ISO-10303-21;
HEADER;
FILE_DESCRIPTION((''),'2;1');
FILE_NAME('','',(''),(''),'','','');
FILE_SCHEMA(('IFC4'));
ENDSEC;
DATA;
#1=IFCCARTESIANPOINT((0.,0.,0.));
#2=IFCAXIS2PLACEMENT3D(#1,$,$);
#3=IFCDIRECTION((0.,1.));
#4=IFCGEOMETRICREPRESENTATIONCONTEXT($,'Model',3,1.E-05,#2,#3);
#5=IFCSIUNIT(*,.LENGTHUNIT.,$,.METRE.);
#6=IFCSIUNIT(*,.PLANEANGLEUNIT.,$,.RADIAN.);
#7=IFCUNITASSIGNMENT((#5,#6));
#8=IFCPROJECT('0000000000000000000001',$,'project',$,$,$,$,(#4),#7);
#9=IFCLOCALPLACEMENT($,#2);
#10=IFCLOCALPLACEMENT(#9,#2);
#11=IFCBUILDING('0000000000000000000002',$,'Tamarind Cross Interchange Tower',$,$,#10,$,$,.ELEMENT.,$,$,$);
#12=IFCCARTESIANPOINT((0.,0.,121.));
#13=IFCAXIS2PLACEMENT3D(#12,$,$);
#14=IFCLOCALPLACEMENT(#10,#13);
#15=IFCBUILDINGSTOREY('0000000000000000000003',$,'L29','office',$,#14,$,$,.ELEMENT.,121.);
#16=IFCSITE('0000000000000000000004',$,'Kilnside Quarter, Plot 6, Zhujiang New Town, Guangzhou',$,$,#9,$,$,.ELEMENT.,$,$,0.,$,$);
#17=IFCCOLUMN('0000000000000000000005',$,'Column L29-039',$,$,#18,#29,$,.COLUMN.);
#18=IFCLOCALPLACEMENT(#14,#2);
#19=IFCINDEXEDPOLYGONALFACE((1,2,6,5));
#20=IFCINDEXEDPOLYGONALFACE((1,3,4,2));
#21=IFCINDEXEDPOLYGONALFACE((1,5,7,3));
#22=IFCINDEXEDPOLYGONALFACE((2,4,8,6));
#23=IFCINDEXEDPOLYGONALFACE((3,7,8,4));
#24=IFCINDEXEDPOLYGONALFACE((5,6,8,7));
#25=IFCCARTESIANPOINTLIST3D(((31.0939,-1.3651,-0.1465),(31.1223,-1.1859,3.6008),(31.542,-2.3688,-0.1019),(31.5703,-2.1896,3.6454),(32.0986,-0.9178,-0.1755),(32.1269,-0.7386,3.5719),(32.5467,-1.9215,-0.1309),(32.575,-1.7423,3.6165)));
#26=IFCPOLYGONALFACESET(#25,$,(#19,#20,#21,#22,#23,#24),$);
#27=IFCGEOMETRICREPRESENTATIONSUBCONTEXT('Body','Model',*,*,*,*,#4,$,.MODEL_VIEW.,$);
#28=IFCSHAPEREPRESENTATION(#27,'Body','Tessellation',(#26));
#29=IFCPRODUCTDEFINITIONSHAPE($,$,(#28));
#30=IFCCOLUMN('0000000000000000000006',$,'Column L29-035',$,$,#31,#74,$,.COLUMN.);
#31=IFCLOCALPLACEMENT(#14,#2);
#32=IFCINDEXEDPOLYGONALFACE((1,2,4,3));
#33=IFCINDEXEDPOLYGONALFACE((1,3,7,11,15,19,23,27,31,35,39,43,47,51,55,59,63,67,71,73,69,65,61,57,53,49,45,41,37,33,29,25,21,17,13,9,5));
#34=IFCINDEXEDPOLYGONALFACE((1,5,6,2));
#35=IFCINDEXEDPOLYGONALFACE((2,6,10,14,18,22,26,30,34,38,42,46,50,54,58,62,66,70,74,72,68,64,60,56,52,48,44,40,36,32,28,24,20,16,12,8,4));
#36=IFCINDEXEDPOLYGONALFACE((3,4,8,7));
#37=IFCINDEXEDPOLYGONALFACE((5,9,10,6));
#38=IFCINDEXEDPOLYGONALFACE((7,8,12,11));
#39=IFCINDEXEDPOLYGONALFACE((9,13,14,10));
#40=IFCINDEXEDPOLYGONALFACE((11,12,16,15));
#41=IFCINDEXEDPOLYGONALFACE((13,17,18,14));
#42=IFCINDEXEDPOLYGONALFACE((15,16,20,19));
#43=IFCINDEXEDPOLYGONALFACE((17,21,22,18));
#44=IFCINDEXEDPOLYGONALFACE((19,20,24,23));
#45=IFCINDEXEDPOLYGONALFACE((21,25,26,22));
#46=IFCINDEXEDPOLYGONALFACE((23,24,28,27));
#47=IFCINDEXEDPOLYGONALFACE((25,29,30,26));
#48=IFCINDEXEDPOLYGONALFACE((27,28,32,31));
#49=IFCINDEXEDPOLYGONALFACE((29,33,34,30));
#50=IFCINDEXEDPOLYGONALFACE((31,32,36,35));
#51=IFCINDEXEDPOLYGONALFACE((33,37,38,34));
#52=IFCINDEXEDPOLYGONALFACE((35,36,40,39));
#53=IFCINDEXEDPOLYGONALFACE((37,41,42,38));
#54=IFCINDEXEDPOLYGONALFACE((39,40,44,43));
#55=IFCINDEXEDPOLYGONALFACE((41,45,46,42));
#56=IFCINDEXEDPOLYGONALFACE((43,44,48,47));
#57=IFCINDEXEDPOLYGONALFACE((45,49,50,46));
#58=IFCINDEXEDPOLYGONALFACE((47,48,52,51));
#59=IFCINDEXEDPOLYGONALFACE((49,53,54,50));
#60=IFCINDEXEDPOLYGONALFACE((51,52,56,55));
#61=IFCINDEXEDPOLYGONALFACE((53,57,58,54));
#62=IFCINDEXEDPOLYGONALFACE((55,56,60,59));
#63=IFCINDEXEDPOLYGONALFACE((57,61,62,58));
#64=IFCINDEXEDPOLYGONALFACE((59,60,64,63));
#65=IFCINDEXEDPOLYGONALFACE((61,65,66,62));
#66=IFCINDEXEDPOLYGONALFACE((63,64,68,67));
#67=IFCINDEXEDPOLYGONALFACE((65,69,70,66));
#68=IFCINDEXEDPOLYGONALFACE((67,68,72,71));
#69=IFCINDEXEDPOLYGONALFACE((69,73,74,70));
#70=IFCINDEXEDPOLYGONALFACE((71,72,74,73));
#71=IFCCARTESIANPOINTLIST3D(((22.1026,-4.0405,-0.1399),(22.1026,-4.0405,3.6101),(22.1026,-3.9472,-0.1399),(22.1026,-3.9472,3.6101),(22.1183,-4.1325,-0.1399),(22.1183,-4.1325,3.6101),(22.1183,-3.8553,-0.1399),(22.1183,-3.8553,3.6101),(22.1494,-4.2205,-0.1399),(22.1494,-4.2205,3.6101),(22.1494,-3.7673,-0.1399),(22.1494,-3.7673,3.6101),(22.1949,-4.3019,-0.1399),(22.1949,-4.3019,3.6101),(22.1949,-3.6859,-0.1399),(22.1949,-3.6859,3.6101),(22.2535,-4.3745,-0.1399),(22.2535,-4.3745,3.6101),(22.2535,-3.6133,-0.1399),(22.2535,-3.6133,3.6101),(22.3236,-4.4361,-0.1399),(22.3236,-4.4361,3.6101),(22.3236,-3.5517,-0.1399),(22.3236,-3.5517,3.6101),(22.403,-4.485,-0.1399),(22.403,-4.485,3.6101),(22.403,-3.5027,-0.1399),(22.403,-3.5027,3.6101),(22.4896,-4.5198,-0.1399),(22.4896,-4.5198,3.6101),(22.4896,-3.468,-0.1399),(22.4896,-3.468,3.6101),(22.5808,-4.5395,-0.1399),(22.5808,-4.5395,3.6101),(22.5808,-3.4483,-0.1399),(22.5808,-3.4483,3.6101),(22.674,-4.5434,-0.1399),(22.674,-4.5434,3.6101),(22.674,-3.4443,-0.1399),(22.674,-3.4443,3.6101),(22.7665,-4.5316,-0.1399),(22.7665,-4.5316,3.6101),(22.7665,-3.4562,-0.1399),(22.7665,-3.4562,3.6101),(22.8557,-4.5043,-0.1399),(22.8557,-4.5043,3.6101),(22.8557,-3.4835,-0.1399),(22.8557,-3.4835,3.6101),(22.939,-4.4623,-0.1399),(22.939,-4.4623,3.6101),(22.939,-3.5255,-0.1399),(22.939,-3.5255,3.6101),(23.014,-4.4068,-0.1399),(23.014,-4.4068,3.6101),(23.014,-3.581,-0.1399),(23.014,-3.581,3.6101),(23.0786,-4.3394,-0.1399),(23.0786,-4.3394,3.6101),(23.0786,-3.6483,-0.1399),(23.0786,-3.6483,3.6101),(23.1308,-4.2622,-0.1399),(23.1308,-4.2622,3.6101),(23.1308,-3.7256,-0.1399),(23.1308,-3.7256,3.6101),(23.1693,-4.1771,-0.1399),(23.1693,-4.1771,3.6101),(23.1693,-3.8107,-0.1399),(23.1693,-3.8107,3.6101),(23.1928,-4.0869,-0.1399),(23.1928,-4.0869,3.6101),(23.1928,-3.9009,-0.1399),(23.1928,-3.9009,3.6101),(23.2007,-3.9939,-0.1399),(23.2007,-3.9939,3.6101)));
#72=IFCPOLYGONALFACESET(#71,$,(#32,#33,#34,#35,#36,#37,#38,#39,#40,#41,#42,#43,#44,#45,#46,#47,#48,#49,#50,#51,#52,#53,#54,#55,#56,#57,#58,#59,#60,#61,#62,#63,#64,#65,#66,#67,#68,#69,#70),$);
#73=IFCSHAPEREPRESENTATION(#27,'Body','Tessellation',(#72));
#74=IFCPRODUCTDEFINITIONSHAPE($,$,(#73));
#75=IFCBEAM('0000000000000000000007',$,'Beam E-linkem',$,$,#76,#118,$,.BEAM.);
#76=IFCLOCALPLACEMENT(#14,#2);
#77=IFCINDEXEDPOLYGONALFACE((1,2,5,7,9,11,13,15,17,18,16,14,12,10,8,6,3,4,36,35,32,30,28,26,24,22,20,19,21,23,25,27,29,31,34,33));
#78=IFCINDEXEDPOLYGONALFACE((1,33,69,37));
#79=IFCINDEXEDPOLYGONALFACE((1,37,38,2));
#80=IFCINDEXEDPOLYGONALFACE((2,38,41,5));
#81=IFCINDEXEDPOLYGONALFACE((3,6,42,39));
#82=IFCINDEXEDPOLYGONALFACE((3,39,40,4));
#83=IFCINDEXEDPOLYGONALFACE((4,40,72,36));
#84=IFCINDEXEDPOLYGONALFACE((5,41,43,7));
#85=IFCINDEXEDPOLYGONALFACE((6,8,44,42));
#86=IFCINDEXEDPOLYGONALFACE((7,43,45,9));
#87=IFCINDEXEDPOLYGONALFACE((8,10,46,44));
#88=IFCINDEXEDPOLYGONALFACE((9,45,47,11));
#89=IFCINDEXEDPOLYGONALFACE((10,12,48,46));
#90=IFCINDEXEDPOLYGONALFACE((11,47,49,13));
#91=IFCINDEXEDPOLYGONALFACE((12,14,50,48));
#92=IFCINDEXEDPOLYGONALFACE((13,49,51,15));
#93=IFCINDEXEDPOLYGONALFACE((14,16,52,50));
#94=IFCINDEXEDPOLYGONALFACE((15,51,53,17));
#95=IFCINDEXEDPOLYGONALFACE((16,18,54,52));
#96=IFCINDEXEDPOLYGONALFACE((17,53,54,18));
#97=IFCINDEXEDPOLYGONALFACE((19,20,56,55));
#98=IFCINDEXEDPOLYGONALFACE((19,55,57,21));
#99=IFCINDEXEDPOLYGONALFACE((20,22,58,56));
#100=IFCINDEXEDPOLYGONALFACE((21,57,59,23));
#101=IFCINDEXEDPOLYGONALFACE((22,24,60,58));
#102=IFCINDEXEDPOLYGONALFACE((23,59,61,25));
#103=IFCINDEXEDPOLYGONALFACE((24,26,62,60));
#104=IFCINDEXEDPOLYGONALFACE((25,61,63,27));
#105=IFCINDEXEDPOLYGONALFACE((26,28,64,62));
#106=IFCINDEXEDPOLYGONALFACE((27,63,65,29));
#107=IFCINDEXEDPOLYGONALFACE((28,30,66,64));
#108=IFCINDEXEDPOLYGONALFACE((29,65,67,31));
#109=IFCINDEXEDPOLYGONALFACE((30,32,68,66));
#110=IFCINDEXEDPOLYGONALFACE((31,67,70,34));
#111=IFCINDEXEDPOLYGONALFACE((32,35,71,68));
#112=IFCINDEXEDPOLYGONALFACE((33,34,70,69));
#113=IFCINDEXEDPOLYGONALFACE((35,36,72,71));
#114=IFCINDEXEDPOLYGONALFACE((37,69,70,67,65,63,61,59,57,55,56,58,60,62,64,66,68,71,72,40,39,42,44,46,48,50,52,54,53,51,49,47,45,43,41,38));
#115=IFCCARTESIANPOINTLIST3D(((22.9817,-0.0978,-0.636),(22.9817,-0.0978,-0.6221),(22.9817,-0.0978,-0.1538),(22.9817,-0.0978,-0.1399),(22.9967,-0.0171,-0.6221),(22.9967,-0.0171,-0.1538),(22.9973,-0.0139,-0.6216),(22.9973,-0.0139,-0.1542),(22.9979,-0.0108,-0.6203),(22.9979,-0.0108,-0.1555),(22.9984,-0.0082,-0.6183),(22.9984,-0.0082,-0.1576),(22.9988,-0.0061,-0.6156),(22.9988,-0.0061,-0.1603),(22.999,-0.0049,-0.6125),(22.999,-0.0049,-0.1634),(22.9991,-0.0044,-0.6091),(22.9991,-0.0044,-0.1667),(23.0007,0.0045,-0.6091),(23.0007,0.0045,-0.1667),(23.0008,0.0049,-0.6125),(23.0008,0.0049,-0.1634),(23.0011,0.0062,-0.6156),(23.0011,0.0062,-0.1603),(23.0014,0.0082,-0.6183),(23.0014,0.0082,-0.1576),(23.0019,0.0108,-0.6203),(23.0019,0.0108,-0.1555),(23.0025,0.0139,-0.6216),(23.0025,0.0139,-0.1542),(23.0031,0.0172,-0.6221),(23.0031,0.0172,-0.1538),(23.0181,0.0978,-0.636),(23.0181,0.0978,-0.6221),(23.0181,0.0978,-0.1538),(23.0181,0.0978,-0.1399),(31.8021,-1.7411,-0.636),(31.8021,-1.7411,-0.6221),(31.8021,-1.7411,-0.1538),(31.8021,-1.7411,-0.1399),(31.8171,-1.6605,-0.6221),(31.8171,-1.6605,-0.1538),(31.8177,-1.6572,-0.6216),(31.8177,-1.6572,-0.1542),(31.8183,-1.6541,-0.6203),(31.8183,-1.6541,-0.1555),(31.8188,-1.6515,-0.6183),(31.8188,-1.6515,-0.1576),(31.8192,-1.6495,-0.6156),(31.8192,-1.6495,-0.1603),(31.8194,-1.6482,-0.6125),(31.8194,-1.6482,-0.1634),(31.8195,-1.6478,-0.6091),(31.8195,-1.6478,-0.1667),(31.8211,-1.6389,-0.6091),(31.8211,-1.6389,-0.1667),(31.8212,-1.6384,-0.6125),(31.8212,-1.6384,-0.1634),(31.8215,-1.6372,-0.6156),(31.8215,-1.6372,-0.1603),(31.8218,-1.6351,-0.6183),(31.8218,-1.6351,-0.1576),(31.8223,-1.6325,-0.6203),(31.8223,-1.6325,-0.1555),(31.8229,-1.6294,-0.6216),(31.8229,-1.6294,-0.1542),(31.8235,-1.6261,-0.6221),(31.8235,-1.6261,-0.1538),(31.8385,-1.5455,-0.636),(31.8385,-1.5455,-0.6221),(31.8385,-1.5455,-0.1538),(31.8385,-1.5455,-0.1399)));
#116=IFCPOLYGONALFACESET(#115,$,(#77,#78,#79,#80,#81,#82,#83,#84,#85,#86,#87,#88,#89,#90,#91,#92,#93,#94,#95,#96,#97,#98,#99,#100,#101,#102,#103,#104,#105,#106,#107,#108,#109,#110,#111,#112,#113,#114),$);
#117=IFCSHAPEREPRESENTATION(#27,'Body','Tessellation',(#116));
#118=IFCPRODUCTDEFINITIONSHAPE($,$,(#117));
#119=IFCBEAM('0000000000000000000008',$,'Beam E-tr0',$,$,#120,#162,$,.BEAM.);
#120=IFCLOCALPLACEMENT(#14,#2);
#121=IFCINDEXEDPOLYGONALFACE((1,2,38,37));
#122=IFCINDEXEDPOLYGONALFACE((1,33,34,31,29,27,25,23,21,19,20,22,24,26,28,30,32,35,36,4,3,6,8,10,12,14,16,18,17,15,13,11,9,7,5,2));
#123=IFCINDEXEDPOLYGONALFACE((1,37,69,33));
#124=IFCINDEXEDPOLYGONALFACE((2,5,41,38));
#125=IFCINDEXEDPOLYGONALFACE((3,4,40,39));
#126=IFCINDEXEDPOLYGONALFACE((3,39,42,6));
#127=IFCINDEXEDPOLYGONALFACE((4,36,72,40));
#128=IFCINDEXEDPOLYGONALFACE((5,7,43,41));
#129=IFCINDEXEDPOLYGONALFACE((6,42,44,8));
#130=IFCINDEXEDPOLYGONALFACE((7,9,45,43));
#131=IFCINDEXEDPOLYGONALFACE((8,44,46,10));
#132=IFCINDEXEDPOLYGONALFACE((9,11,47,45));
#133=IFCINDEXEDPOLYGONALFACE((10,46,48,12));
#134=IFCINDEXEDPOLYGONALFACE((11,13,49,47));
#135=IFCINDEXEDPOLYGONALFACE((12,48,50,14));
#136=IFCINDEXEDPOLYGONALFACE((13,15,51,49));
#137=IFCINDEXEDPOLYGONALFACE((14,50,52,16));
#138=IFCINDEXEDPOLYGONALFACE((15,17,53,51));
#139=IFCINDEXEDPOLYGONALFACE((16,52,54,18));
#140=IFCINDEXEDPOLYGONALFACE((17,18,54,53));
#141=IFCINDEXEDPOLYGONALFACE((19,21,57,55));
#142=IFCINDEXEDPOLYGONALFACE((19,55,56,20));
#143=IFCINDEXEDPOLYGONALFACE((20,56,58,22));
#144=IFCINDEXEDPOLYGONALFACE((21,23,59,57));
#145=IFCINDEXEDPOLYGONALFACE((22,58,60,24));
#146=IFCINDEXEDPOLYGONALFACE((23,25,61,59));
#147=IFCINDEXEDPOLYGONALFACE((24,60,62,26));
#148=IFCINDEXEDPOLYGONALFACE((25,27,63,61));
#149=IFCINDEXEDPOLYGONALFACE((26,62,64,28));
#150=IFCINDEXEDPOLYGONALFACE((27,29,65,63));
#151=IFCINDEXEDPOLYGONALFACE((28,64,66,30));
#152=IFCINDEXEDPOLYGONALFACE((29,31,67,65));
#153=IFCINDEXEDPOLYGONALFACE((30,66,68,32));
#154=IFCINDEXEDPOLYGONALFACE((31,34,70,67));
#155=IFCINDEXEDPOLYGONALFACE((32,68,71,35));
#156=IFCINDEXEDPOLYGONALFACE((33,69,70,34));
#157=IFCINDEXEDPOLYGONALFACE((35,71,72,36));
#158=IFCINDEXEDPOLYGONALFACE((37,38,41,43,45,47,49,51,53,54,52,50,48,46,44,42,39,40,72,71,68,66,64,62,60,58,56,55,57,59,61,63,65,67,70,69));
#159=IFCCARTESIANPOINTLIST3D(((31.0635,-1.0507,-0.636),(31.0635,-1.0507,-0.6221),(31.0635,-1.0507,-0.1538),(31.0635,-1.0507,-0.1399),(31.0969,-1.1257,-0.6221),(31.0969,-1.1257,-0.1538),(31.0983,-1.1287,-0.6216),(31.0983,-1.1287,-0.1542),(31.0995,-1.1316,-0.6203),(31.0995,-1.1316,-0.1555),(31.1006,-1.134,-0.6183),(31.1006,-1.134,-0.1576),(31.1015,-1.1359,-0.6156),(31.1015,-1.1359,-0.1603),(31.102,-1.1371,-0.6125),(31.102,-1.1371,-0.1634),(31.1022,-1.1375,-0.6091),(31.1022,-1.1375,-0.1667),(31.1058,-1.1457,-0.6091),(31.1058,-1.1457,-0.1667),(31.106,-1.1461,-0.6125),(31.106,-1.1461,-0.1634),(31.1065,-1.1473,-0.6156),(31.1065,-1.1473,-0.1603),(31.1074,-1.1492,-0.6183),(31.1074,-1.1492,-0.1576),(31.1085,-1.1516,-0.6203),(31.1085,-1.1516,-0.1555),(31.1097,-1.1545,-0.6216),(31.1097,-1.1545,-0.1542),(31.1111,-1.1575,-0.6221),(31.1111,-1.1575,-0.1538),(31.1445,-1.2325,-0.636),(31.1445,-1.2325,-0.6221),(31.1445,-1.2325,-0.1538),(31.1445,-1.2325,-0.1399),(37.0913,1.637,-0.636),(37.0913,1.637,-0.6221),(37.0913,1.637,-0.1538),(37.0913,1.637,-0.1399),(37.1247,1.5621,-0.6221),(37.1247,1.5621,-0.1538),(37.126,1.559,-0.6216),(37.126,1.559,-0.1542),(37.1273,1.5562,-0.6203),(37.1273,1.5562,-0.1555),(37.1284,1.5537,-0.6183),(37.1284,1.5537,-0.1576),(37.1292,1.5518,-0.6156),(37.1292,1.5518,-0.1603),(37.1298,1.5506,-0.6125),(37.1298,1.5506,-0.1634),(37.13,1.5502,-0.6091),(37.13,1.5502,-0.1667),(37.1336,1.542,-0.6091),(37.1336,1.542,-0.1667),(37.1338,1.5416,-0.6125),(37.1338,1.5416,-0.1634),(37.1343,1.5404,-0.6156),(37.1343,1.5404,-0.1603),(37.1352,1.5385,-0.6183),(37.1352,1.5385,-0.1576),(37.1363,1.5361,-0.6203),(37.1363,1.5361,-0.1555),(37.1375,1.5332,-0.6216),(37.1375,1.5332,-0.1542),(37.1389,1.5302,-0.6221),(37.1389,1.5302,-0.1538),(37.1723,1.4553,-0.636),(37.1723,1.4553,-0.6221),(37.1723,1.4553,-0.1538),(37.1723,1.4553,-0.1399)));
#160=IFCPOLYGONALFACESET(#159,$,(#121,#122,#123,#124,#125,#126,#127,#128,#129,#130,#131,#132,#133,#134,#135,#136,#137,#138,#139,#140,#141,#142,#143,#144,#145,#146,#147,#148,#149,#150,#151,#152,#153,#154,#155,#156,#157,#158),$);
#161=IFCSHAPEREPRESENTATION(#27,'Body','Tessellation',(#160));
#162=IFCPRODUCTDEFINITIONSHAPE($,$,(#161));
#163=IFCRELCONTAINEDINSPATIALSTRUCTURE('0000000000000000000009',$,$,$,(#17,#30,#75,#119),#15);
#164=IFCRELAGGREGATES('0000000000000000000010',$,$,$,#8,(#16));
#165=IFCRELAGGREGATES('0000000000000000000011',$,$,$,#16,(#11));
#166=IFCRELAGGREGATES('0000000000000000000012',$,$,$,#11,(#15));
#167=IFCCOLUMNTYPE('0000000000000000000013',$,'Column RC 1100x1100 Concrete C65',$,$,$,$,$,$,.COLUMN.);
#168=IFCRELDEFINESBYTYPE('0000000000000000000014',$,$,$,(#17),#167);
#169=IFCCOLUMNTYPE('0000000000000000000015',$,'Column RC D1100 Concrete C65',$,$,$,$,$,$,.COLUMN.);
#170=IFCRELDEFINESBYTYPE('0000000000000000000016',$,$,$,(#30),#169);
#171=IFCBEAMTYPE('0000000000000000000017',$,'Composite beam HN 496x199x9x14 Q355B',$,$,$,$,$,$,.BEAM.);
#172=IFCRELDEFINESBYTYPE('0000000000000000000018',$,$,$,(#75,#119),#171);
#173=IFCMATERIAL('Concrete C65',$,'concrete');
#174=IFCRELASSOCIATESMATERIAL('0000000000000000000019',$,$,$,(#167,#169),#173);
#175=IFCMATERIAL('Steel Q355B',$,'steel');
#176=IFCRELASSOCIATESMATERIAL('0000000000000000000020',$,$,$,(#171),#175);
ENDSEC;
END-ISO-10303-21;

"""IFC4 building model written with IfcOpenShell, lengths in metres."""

from ifc_helpers import new_model, si_unit, direction, frame, origin, origin_2d, place, context, subcontext, project, spatial, rectangle, circle, i_section, extrude, material, material_profile, profile_set, type_object, element, save


model = new_model("IFC4")

# Units and contexts
model_context = context("Model", 3, precision=1e-05, world=origin(), true_north=direction((0.0, 1.0)))
body_context = subcontext(model_context, "Body", "Model", "MODEL_VIEW")
ifc_project = project(units=[si_unit("LENGTHUNIT", "METRE"), si_unit("PLANEANGLEUNIT", "RADIAN")], contexts=[model_context])

# Site, building, storey
site_placement = place(None, origin())
site = spatial("IfcSite", under=ifc_project, at=site_placement, Name="Kilnside Quarter, Plot 6, Zhujiang New Town, Guangzhou", CompositionType="ELEMENT", RefElevation=0.0)
building_placement = place(site_placement, origin())
building = spatial("IfcBuilding", under=site, at=building_placement, Name="Tamarind Cross Interchange Tower", CompositionType="ELEMENT")
storey_placement = place(building_placement, frame((0.0, 0.0, 121.0)))
storey = spatial("IfcBuildingStorey", under=building, at=storey_placement, Name="L29", Description="office", CompositionType="ELEMENT", Elevation=121.0)

# Columns
ifc_material_1 = material(Name="Concrete C65", Category="concrete")
ifc_material_profile_1 = material_profile(ifc_material_1, rectangle(XDim=1.1001, YDim=1.1001, at=origin_2d()), Name="RC 1100x1100")
ifc_profile_set_1 = profile_set([ifc_material_profile_1], Name="Concrete C65")
column_type_1 = type_object("IfcColumnType", Name="Column RC 1100x1100 Concrete C65", PredefinedType="COLUMN", material=ifc_profile_set_1)
column_1_placement = place(storey_placement, frame((31.8203, -1.6433, -0.1387), z_axis=(0.007549, 0.047765, 0.99883), x_axis=(-0.913251, -0.406544, 0.026343)))
element("IfcColumn", 1, at=column_1_placement, inside=storey, type_object=column_type_1, Name="Column L29-039", PredefinedType="COLUMN", context=body_context, shape_type="SweptSolid", body=[
    extrude(rectangle(XDim=1.1001, YDim=1.1001, at=origin_2d()), origin(), (0.0, 0.0, 1.0), 3.7517),
])
ifc_material_profile_2 = material_profile(ifc_material_1, circle(Radius=0.55, at=origin_2d()), Name="RC D1100")
ifc_profile_set_2 = profile_set([ifc_material_profile_2], Name="Concrete C65")
column_type_2 = type_object("IfcColumnType", Name="Column RC D1100 Concrete C65", PredefinedType="COLUMN", material=ifc_profile_set_2)
column_2_placement = place(storey_placement, frame((22.6506, -3.9939, -0.1399), z_axis=(0.0, 0.0, 1.0), x_axis=(1.0, 0.0, 0.0)))
element("IfcColumn", 2, at=column_2_placement, inside=storey, type_object=column_type_2, Name="Column L29-035", PredefinedType="COLUMN", context=body_context, shape_type="SweptSolid", body=[
    extrude(circle(Radius=0.55, at=origin_2d()), origin(), (0.0, 0.0, 1.0), 3.75),
])

# Beams
ifc_material_2 = material(Name="Steel Q355B", Category="steel")
ifc_material_profile_3 = material_profile(ifc_material_2, i_section(OverallWidth=0.199, OverallDepth=0.4961, WebThickness=0.009, FlangeThickness=0.0139, FilletRadius=0.0129, at=origin_2d()), Name="HN 496x199x9x14")
ifc_profile_set_3 = profile_set([ifc_material_profile_3], Name="Steel Q355B")
beam_type_1 = type_object("IfcBeamType", Name="Composite beam HN 496x199x9x14 Q355B", PredefinedType="BEAM", material=ifc_profile_set_3)
beam_1_placement = place(storey_placement, frame((31.8203, -1.6433, -0.3879), z_axis=(-0.983083, 0.183158, 0.0), x_axis=(-0.183158, -0.983083, 0.0)))
element("IfcBeam", 3, at=beam_1_placement, inside=storey, type_object=beam_type_1, Name="Beam E-linkem", PredefinedType="BEAM", context=body_context, shape_type="SweptSolid", body=[
    extrude(i_section(OverallWidth=0.199, OverallDepth=0.4961, WebThickness=0.009, FlangeThickness=0.0139, FilletRadius=0.0129, at=origin_2d()), origin(), (0.0, 0.0, 1.0), 8.9722),
])
beam_2_placement = place(storey_placement, frame((31.104, -1.1416, -0.3879), z_axis=(0.913321, 0.40724, 0.0), x_axis=(-0.40724, 0.913321, 0.0)))
element("IfcBeam", 4, at=beam_2_placement, inside=storey, type_object=beam_type_1, Name="Beam E-tr0", PredefinedType="BEAM", context=body_context, shape_type="SweptSolid", body=[
    extrude(i_section(OverallWidth=0.199, OverallDepth=0.4961, WebThickness=0.009, FlangeThickness=0.0139, FilletRadius=0.0129, at=origin_2d()), origin(), (0.0, 0.0, 1.0), 6.5999),
])

save(model, "model.ifc")
